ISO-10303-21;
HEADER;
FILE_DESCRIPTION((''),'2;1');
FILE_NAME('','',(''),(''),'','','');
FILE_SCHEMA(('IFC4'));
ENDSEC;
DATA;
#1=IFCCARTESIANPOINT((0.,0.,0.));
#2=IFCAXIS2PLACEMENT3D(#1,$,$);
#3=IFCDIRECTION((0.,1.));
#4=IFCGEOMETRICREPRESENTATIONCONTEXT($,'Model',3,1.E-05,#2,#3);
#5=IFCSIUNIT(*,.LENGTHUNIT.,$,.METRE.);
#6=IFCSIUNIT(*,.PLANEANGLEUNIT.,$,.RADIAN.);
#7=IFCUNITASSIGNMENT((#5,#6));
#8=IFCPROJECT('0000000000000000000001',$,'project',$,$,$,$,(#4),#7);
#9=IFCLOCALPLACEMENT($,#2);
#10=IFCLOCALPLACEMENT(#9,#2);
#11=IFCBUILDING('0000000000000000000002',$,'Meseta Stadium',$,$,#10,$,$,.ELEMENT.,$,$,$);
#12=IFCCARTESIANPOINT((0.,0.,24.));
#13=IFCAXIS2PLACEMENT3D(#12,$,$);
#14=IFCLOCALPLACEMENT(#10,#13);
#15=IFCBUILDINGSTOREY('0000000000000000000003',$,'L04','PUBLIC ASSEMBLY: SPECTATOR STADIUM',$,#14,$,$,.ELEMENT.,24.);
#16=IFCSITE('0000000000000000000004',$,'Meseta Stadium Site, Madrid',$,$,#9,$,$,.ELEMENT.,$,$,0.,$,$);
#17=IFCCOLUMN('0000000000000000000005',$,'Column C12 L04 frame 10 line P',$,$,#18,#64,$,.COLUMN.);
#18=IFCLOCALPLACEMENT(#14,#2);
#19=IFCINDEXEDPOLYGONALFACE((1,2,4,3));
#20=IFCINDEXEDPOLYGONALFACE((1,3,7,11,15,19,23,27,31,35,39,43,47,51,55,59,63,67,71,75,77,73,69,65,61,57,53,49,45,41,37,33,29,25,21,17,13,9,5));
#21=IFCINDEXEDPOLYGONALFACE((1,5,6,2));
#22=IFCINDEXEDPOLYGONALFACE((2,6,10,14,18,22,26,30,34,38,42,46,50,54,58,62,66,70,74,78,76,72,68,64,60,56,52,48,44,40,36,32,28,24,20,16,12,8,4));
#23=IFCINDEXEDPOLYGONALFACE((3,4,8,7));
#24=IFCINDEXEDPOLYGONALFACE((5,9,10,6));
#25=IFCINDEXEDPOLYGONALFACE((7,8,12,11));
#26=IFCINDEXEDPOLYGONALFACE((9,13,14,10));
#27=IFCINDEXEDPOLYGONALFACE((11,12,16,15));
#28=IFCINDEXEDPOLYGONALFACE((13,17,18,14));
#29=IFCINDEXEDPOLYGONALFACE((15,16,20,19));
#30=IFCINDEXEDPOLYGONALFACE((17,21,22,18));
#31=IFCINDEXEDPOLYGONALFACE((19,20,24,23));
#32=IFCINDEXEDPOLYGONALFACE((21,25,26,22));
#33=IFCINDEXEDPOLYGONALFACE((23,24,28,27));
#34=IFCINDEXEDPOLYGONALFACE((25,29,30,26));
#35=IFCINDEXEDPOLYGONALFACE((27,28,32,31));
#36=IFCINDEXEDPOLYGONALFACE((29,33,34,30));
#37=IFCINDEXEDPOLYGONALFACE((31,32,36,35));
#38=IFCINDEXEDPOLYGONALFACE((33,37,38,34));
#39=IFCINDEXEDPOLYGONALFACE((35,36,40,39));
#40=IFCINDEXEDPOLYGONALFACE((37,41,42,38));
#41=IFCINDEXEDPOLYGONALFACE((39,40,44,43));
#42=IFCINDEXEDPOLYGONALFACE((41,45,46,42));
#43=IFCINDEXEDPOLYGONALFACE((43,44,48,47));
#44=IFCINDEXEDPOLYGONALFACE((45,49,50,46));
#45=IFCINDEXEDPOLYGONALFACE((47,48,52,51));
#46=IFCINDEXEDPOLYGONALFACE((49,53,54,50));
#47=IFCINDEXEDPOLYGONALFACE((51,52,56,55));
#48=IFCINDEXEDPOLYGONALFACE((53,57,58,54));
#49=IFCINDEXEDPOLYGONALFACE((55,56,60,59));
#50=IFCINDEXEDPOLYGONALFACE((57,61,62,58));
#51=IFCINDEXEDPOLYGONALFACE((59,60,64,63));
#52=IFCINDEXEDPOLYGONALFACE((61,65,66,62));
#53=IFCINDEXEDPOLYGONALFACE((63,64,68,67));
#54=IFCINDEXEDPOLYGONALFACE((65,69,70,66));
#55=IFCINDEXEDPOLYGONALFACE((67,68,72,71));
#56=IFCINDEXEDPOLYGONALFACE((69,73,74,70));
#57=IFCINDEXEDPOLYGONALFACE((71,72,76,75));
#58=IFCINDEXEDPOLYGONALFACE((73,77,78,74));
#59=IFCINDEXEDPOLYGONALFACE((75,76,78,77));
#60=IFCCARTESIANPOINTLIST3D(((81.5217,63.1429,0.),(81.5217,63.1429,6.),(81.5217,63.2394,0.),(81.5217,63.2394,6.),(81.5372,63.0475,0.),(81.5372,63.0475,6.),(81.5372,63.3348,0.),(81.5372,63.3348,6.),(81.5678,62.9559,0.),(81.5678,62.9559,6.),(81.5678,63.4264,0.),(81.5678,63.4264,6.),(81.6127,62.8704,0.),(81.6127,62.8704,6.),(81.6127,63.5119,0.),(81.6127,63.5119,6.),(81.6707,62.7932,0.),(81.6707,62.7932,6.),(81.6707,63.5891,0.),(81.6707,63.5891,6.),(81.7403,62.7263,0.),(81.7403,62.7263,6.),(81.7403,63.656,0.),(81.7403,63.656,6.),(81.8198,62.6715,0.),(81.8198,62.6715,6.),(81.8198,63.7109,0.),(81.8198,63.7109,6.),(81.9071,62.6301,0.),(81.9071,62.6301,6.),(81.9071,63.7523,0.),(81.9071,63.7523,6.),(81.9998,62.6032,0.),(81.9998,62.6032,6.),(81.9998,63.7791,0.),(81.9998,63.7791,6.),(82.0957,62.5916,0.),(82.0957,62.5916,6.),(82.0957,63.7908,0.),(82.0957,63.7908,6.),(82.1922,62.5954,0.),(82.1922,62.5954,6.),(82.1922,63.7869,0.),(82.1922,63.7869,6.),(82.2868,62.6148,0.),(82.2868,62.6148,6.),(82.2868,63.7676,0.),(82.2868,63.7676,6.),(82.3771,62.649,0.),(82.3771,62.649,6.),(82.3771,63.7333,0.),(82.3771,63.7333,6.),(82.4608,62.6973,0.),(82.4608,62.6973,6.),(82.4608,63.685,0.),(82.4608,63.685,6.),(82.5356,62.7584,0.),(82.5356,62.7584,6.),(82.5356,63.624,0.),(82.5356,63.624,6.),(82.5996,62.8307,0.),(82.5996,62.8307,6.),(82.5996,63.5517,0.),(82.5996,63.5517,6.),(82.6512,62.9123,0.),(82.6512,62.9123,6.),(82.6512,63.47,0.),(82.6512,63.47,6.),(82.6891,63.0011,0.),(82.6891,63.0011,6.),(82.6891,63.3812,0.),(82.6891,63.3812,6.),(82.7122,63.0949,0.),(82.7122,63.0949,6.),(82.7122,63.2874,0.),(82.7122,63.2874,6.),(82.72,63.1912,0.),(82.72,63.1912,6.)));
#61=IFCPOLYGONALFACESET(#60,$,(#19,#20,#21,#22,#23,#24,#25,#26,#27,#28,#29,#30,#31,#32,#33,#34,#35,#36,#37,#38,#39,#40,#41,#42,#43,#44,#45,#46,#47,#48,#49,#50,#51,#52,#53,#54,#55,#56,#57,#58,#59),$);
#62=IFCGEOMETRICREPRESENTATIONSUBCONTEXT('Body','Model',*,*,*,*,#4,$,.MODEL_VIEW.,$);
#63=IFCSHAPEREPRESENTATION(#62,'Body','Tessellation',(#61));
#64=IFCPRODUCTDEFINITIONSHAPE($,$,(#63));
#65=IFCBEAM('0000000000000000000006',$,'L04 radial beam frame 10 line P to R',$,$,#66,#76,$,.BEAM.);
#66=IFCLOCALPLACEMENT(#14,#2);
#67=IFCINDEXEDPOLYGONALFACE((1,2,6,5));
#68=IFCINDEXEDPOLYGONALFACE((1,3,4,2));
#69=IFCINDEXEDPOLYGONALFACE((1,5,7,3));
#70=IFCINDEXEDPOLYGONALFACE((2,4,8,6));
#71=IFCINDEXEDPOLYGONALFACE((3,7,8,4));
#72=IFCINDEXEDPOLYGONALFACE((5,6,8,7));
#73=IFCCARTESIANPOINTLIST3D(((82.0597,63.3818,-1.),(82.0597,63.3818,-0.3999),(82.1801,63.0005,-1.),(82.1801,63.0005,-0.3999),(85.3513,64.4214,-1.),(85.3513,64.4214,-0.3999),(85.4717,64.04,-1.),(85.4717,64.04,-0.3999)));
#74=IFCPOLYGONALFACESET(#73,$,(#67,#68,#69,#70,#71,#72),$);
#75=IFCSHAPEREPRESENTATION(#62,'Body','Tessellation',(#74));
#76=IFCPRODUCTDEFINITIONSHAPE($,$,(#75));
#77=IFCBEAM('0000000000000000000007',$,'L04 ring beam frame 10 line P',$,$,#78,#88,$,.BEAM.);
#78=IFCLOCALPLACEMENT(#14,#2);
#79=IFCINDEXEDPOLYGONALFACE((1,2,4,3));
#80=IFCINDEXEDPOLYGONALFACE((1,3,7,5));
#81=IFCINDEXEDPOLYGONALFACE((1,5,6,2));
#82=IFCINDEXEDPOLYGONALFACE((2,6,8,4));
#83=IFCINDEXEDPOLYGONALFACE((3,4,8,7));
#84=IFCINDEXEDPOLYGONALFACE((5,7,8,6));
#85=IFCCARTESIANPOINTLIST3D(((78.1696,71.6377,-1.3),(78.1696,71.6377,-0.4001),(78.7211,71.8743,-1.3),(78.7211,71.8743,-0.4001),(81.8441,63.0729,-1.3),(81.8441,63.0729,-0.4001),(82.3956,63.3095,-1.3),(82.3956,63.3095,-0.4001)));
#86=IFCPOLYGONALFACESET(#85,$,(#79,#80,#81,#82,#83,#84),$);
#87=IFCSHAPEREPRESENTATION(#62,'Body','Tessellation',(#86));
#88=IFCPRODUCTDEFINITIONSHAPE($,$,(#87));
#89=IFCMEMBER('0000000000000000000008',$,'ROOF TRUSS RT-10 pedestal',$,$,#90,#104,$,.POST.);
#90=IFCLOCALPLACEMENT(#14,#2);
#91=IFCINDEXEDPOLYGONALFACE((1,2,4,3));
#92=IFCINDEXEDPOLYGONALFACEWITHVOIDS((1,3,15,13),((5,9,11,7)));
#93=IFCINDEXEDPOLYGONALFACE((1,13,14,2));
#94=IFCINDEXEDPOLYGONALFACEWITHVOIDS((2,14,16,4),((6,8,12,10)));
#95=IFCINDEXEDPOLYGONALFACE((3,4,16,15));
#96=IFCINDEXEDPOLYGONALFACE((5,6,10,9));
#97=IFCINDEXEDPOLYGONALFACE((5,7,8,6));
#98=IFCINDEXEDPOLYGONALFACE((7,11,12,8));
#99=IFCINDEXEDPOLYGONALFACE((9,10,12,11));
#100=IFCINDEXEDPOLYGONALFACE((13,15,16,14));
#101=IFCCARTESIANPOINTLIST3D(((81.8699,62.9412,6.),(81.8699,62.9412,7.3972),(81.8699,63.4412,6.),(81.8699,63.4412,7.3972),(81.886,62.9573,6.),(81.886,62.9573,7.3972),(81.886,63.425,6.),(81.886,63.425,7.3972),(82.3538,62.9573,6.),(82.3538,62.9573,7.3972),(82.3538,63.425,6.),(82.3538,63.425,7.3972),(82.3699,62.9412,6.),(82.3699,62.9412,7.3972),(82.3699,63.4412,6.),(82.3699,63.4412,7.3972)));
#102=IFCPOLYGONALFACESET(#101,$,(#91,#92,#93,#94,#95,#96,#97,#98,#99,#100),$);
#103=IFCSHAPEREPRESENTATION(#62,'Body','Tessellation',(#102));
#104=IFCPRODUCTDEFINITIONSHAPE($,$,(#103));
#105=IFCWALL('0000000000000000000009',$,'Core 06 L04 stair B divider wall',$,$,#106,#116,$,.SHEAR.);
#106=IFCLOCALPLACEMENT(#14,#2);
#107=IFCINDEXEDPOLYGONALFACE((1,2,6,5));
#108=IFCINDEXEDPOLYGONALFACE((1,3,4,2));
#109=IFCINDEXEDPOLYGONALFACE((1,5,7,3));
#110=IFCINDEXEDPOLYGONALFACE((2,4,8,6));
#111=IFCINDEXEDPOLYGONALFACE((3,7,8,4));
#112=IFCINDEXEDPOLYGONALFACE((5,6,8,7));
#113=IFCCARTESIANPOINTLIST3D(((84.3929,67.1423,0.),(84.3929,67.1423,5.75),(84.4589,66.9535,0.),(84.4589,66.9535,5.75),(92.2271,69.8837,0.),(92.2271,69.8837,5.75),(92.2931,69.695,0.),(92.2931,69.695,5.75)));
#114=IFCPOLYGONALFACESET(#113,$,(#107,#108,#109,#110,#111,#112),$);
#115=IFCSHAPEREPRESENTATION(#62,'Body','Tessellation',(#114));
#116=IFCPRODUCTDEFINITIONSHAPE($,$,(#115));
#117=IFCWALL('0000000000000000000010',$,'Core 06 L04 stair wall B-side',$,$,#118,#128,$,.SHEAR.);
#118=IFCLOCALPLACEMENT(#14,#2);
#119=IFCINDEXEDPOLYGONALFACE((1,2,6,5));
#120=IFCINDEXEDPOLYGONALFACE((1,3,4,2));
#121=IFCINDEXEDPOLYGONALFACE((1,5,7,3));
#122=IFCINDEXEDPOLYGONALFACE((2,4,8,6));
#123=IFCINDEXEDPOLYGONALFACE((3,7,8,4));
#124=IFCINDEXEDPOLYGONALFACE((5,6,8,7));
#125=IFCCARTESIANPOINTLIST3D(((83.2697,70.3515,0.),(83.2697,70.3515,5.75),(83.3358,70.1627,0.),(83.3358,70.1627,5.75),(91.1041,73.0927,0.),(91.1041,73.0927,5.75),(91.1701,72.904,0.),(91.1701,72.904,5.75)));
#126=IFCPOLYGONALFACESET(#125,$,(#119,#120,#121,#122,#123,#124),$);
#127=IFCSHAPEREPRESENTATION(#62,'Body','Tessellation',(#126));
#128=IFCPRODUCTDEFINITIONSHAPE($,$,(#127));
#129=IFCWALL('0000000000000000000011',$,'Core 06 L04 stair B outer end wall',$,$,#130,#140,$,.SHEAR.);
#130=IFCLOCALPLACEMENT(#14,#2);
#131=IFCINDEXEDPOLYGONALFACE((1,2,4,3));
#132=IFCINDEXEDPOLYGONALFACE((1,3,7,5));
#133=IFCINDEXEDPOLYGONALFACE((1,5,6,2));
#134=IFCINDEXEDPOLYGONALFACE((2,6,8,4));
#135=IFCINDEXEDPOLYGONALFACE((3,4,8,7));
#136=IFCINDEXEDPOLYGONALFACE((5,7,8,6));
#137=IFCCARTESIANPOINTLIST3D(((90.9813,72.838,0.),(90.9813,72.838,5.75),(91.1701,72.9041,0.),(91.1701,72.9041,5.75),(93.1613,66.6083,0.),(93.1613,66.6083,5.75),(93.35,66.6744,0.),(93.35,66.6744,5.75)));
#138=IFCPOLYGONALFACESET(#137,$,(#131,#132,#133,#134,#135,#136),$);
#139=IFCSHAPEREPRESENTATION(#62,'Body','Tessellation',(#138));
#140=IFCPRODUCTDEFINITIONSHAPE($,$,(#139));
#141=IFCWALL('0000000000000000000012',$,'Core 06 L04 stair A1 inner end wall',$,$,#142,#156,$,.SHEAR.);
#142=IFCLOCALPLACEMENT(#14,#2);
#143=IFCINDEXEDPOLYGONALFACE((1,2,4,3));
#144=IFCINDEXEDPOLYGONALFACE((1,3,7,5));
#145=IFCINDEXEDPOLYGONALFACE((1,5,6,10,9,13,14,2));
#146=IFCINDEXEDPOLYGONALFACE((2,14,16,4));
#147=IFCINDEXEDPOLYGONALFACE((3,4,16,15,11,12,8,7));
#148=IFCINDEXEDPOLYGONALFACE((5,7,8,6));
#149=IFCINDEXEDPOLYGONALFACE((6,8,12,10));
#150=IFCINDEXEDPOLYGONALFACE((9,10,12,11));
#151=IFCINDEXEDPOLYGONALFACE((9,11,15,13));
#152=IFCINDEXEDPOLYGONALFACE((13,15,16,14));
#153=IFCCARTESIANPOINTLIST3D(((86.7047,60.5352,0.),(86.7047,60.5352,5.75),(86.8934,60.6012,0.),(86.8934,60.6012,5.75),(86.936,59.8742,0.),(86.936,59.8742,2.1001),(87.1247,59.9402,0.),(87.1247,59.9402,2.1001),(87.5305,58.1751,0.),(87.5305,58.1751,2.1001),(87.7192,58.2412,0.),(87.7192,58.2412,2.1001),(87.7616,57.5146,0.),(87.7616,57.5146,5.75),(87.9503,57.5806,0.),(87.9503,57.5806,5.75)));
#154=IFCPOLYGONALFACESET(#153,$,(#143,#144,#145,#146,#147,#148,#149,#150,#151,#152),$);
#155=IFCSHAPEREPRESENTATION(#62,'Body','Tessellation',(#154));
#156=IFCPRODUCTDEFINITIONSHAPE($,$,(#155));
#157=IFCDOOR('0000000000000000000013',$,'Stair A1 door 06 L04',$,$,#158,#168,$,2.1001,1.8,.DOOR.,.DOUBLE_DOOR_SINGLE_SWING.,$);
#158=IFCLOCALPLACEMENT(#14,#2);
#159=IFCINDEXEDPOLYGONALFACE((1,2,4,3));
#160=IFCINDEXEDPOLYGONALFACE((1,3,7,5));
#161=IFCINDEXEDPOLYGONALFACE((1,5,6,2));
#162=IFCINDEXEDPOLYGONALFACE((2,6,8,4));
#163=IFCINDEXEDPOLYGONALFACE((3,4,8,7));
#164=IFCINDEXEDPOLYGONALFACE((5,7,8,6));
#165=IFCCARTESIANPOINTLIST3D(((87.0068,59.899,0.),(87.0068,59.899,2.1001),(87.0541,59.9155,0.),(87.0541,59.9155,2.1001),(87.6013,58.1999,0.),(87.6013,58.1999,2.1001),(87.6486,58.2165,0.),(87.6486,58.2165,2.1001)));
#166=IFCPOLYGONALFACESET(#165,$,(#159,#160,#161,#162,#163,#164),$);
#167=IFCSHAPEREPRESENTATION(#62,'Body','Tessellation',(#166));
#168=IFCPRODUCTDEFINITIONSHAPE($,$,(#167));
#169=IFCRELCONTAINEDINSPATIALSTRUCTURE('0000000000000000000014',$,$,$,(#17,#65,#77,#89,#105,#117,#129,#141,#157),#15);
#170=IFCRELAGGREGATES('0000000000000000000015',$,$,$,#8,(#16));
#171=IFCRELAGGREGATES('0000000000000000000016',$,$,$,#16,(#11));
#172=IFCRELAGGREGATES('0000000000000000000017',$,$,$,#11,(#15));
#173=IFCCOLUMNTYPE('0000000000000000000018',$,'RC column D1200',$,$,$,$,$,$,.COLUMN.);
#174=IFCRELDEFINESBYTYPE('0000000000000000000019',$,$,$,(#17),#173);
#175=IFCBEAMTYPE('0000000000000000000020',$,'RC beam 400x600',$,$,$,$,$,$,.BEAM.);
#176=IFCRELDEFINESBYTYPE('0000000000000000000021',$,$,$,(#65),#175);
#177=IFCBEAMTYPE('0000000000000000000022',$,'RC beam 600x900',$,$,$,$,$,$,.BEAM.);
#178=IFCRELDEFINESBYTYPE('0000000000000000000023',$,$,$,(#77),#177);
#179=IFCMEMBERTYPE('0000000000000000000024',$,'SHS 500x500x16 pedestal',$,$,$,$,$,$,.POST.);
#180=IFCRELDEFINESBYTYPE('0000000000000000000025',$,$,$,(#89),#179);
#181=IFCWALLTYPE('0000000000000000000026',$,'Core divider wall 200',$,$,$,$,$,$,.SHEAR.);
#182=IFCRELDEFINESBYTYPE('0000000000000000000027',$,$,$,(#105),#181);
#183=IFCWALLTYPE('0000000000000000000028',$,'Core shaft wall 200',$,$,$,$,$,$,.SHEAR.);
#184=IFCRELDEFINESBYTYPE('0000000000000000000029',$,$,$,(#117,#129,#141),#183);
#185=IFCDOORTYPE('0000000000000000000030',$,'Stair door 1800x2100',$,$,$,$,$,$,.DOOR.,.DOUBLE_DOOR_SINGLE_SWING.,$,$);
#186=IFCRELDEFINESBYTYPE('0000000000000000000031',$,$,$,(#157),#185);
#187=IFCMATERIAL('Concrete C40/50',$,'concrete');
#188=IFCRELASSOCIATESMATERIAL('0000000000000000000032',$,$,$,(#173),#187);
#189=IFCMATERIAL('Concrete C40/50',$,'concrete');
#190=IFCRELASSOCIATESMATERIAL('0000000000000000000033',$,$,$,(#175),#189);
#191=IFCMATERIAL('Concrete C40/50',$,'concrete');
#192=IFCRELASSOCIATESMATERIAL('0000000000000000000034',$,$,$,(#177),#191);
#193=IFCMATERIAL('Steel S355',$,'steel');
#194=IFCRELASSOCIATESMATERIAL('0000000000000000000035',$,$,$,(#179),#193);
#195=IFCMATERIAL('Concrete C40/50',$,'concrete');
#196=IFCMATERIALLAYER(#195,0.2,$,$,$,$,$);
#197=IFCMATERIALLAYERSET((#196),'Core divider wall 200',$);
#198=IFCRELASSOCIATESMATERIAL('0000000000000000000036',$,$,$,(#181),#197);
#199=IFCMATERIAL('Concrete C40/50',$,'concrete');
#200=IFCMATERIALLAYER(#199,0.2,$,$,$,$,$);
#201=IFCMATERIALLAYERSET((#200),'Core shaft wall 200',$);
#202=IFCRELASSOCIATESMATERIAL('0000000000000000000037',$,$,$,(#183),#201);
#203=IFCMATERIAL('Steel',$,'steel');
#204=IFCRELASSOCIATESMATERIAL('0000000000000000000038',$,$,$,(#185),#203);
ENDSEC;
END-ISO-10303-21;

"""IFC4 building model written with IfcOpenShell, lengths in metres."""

from ifc_helpers import new_model, si_unit, direction, frame, frame_2d, origin, origin_2d, place, context, subcontext, project, spatial, rectangle, hollow_rectangle, circle, extrude, material, layer, layer_set, material_profile, profile_set, type_object, element, fill, save


model = new_model("IFC4")

# Units and contexts
model_context = context("Model", 3, precision=1e-05, world=origin(), true_north=direction((0.0, 1.0)))
body_context = subcontext(model_context, "Body", "Model", "MODEL_VIEW")
ifc_project = project(units=[si_unit("LENGTHUNIT", "METRE"), si_unit("PLANEANGLEUNIT", "RADIAN")], contexts=[model_context])

# Site, building, storey
site_placement = place(None, origin())
site = spatial("IfcSite", under=ifc_project, at=site_placement, Name="Meseta Stadium Site, Madrid", CompositionType="ELEMENT", RefElevation=0.0)
building_placement = place(site_placement, origin())
building = spatial("IfcBuilding", under=site, at=building_placement, Name="Meseta Stadium", CompositionType="ELEMENT")
storey_placement = place(building_placement, frame((0.0, 0.0, 24.0)))
storey = spatial("IfcBuildingStorey", under=building, at=storey_placement, Name="L04", Description="PUBLIC ASSEMBLY: SPECTATOR STADIUM", CompositionType="ELEMENT", Elevation=24.0)

# Column
ifc_material_1 = material(Name="Concrete C40/50", Category="concrete")
ifc_material_profile_1 = material_profile(ifc_material_1, circle(Radius=0.6001, at=origin_2d()), Name="RC D1200")
ifc_profile_set_1 = profile_set([ifc_material_profile_1], Name="Concrete C40/50")
column_type = type_object("IfcColumnType", Name="RC column D1200", PredefinedType="COLUMN", material=ifc_profile_set_1)
column_placement = place(storey_placement, frame((82.1199, 63.1912, 0.0), z_axis=(0.0, 0.0, 1.0), x_axis=(1.0, 0.0, 0.0)))
element("IfcColumn", 1, at=column_placement, inside=storey, type_object=column_type, Name="Column C12 L04 frame 10 line P", PredefinedType="COLUMN", context=body_context, shape_type="SweptSolid", body=[
    extrude(circle(Radius=0.6001, at=origin_2d()), origin(), (0.0, 0.0, 1.0), 6.0),
])

# Beams
ifc_material_2 = material(Name="Concrete C40/50", Category="concrete")
ifc_material_profile_2 = material_profile(ifc_material_2, rectangle(XDim=0.3999, YDim=0.6001, at=origin_2d()), Name="RC 400x600")
ifc_profile_set_2 = profile_set([ifc_material_profile_2], Name="Concrete C40/50")
beam_type_1 = type_object("IfcBeamType", Name="RC beam 400x600", PredefinedType="BEAM", material=ifc_profile_set_2)
beam_1_placement = place(storey_placement, frame((82.1199, 63.1912, -0.7), z_axis=(0.953578, 0.301145, 0.0), x_axis=(-0.301145, 0.953578, 0.0)))
element("IfcBeam", 2, at=beam_1_placement, inside=storey, type_object=beam_type_1, Name="L04 radial beam frame 10 line P to R", PredefinedType="BEAM", context=body_context, shape_type="SweptSolid", body=[
    extrude(rectangle(XDim=0.3999, YDim=0.6001, at=origin_2d()), origin(), (0.0, 0.0, 1.0), 3.4519),
])
ifc_material_3 = material(Name="Concrete C40/50", Category="concrete")
ifc_material_profile_3 = material_profile(ifc_material_3, rectangle(XDim=0.6001, YDim=0.8999, at=origin_2d()), Name="RC 600x900")
ifc_profile_set_3 = profile_set([ifc_material_profile_3], Name="Concrete C40/50")
beam_type_2 = type_object("IfcBeamType", Name="RC beam 600x900", PredefinedType="BEAM", material=ifc_profile_set_3)
beam_2_placement = place(storey_placement, frame((82.1199, 63.1912, -0.8501), z_axis=(-0.39427, 0.918995, 0.0), x_axis=(-0.918995, -0.39427, 0.0)))
element("IfcBeam", 3, at=beam_2_placement, inside=storey, type_object=beam_type_2, Name="L04 ring beam frame 10 line P", PredefinedType="BEAM", context=body_context, shape_type="SweptSolid", body=[
    extrude(rectangle(XDim=0.6001, YDim=0.8999, at=origin_2d()), origin(), (0.0, 0.0, 1.0), 9.3198),
])

# Member
ifc_material_4 = material(Name="Steel S355", Category="steel")
ifc_material_profile_4 = material_profile(ifc_material_4, hollow_rectangle(XDim=0.5, YDim=0.5, WallThickness=0.0161, at=origin_2d()), Name="SHS 500x500x16")
ifc_profile_set_4 = profile_set([ifc_material_profile_4], Name="Steel S355")
member_type = type_object("IfcMemberType", Name="SHS 500x500x16 pedestal", PredefinedType="POST", material=ifc_profile_set_4)
member_placement = place(storey_placement, frame((82.1199, 63.1912, 6.0), z_axis=(0.0, 0.0, 1.0), x_axis=(1.0, 0.0, 0.0)))
element("IfcMember", 4, at=member_placement, inside=storey, type_object=member_type, Name="ROOF TRUSS RT-10 pedestal", PredefinedType="POST", context=body_context, shape_type="SweptSolid", body=[
    extrude(hollow_rectangle(XDim=0.5, YDim=0.5, WallThickness=0.0161, at=origin_2d()), origin(), (0.0, 0.0, 1.0), 1.3972),
])

# Walls
ifc_material_5 = material(Name="Concrete C40/50", Category="concrete")
ifc_layer_1 = layer(ifc_material_5, 0.2)
ifc_layer_set_1 = layer_set([ifc_layer_1], Name="Core divider wall 200")
wall_type_1 = type_object("IfcWallType", Name="Core divider wall 200", PredefinedType="SHEAR", material=ifc_layer_set_1)
wall_1_placement = place(storey_placement, frame((92.26, 69.7893, 0.0), z_axis=(0.0, 0.0, 1.0), x_axis=(-0.943878, -0.330294, 0.0)))
element("IfcWall", 5, at=wall_1_placement, inside=storey, type_object=wall_type_1, Name="Core 06 L04 stair B divider wall", PredefinedType="SHEAR", context=body_context, shape_type="SweptSolid", body=[
    extrude(rectangle(XDim=8.3, YDim=0.2, at=frame_2d((4.1499, 0.0))), origin(), (0.0, 0.0, 1.0), 5.75),
])
ifc_material_6 = material(Name="Concrete C40/50", Category="concrete")
ifc_layer_2 = layer(ifc_material_6, 0.2)
ifc_layer_set_2 = layer_set([ifc_layer_2], Name="Core shaft wall 200")
wall_type_2 = type_object("IfcWallType", Name="Core shaft wall 200", PredefinedType="SHEAR", material=ifc_layer_set_2)
wall_2_placement = place(storey_placement, frame((91.137, 72.9983, 0.0), z_axis=(0.0, 0.0, 1.0), x_axis=(-0.943887, -0.330268, 0.0)))
element("IfcWall", 6, at=wall_2_placement, inside=storey, type_object=wall_type_2, Name="Core 06 L04 stair wall B-side", PredefinedType="SHEAR", context=body_context, shape_type="SweptSolid", body=[
    extrude(rectangle(XDim=8.3, YDim=0.2, at=frame_2d((4.1499, 0.0))), origin(), (0.0, 0.0, 1.0), 5.75),
])
wall_3_placement = place(storey_placement, frame((93.2556, 66.6414, 0.0), z_axis=(0.0, 0.0, 1.0), x_axis=(-0.330286, 0.943881, 0.0)))
element("IfcWall", 7, at=wall_3_placement, inside=storey, type_object=wall_type_2, Name="Core 06 L04 stair B outer end wall", PredefinedType="SHEAR", context=body_context, shape_type="SweptSolid", body=[
    extrude(rectangle(XDim=6.6001, YDim=0.2, at=frame_2d((3.3, 0.0))), origin(), (0.0, 0.0, 1.0), 5.75),
])

# Wall, opening, door
wall_4_placement = place(storey_placement, frame((87.856, 57.5476, 0.0), z_axis=(0.0, 0.0, 1.0), x_axis=(-0.330269, 0.943887, 0.0)))
wall_4 = element("IfcWall", 8, at=wall_4_placement, inside=storey, type_object=wall_type_2, Name="Core 06 L04 stair A1 inner end wall", PredefinedType="SHEAR", context=body_context, shape_type="SweptSolid", body=[
    extrude(rectangle(XDim=3.2002, YDim=0.2, at=frame_2d((1.6001, 0.0))), origin(), (0.0, 0.0, 1.0), 5.75),
])
opening_1_placement = place(wall_4_placement, frame((0.7, 0.0, 0.0)))
opening_1 = element("IfcOpeningElement", 9, at=opening_1_placement, cuts=wall_4, PredefinedType="OPENING", context=body_context, shape_type="SweptSolid", body=[
    extrude(rectangle(XDim=1.8, YDim=2.1001, at=frame_2d((0.8999, 1.05))), frame((0.0, 0.1099, 0.0), z_axis=(0.0, -1.0, 0.0), x_axis=(1.0, 0.0, 0.0)), (0.0, 0.0, 1.0), 0.22),
])
ifc_material_7 = material(Name="Steel", Category="steel")
door_type_1 = type_object("IfcDoorType", Name="Stair door 1800x2100", OperationType="DOUBLE_DOOR_SINGLE_SWING", PredefinedType="DOOR", material=ifc_material_7)
door_1_placement = place(opening_1_placement, origin())
door_1 = element("IfcDoor", 10, at=door_1_placement, inside=storey, type_object=door_type_1, Name="Stair A1 door 06 L04", OperationType="DOUBLE_DOOR_SINGLE_SWING", OverallHeight=2.1001, OverallWidth=1.8, PredefinedType="DOOR", context=body_context, shape_type="SweptSolid", body=[
    extrude(rectangle(XDim=1.8, YDim=2.1001, at=frame_2d((0.8999, 1.05))), frame((0.0, 0.0249, 0.0), z_axis=(0.0, -1.0, 0.0), x_axis=(1.0, 0.0, 0.0)), (0.0, 0.0, 1.0), 0.05),
])
fill(opening_1, door_1)

save(model, "model.ifc")
